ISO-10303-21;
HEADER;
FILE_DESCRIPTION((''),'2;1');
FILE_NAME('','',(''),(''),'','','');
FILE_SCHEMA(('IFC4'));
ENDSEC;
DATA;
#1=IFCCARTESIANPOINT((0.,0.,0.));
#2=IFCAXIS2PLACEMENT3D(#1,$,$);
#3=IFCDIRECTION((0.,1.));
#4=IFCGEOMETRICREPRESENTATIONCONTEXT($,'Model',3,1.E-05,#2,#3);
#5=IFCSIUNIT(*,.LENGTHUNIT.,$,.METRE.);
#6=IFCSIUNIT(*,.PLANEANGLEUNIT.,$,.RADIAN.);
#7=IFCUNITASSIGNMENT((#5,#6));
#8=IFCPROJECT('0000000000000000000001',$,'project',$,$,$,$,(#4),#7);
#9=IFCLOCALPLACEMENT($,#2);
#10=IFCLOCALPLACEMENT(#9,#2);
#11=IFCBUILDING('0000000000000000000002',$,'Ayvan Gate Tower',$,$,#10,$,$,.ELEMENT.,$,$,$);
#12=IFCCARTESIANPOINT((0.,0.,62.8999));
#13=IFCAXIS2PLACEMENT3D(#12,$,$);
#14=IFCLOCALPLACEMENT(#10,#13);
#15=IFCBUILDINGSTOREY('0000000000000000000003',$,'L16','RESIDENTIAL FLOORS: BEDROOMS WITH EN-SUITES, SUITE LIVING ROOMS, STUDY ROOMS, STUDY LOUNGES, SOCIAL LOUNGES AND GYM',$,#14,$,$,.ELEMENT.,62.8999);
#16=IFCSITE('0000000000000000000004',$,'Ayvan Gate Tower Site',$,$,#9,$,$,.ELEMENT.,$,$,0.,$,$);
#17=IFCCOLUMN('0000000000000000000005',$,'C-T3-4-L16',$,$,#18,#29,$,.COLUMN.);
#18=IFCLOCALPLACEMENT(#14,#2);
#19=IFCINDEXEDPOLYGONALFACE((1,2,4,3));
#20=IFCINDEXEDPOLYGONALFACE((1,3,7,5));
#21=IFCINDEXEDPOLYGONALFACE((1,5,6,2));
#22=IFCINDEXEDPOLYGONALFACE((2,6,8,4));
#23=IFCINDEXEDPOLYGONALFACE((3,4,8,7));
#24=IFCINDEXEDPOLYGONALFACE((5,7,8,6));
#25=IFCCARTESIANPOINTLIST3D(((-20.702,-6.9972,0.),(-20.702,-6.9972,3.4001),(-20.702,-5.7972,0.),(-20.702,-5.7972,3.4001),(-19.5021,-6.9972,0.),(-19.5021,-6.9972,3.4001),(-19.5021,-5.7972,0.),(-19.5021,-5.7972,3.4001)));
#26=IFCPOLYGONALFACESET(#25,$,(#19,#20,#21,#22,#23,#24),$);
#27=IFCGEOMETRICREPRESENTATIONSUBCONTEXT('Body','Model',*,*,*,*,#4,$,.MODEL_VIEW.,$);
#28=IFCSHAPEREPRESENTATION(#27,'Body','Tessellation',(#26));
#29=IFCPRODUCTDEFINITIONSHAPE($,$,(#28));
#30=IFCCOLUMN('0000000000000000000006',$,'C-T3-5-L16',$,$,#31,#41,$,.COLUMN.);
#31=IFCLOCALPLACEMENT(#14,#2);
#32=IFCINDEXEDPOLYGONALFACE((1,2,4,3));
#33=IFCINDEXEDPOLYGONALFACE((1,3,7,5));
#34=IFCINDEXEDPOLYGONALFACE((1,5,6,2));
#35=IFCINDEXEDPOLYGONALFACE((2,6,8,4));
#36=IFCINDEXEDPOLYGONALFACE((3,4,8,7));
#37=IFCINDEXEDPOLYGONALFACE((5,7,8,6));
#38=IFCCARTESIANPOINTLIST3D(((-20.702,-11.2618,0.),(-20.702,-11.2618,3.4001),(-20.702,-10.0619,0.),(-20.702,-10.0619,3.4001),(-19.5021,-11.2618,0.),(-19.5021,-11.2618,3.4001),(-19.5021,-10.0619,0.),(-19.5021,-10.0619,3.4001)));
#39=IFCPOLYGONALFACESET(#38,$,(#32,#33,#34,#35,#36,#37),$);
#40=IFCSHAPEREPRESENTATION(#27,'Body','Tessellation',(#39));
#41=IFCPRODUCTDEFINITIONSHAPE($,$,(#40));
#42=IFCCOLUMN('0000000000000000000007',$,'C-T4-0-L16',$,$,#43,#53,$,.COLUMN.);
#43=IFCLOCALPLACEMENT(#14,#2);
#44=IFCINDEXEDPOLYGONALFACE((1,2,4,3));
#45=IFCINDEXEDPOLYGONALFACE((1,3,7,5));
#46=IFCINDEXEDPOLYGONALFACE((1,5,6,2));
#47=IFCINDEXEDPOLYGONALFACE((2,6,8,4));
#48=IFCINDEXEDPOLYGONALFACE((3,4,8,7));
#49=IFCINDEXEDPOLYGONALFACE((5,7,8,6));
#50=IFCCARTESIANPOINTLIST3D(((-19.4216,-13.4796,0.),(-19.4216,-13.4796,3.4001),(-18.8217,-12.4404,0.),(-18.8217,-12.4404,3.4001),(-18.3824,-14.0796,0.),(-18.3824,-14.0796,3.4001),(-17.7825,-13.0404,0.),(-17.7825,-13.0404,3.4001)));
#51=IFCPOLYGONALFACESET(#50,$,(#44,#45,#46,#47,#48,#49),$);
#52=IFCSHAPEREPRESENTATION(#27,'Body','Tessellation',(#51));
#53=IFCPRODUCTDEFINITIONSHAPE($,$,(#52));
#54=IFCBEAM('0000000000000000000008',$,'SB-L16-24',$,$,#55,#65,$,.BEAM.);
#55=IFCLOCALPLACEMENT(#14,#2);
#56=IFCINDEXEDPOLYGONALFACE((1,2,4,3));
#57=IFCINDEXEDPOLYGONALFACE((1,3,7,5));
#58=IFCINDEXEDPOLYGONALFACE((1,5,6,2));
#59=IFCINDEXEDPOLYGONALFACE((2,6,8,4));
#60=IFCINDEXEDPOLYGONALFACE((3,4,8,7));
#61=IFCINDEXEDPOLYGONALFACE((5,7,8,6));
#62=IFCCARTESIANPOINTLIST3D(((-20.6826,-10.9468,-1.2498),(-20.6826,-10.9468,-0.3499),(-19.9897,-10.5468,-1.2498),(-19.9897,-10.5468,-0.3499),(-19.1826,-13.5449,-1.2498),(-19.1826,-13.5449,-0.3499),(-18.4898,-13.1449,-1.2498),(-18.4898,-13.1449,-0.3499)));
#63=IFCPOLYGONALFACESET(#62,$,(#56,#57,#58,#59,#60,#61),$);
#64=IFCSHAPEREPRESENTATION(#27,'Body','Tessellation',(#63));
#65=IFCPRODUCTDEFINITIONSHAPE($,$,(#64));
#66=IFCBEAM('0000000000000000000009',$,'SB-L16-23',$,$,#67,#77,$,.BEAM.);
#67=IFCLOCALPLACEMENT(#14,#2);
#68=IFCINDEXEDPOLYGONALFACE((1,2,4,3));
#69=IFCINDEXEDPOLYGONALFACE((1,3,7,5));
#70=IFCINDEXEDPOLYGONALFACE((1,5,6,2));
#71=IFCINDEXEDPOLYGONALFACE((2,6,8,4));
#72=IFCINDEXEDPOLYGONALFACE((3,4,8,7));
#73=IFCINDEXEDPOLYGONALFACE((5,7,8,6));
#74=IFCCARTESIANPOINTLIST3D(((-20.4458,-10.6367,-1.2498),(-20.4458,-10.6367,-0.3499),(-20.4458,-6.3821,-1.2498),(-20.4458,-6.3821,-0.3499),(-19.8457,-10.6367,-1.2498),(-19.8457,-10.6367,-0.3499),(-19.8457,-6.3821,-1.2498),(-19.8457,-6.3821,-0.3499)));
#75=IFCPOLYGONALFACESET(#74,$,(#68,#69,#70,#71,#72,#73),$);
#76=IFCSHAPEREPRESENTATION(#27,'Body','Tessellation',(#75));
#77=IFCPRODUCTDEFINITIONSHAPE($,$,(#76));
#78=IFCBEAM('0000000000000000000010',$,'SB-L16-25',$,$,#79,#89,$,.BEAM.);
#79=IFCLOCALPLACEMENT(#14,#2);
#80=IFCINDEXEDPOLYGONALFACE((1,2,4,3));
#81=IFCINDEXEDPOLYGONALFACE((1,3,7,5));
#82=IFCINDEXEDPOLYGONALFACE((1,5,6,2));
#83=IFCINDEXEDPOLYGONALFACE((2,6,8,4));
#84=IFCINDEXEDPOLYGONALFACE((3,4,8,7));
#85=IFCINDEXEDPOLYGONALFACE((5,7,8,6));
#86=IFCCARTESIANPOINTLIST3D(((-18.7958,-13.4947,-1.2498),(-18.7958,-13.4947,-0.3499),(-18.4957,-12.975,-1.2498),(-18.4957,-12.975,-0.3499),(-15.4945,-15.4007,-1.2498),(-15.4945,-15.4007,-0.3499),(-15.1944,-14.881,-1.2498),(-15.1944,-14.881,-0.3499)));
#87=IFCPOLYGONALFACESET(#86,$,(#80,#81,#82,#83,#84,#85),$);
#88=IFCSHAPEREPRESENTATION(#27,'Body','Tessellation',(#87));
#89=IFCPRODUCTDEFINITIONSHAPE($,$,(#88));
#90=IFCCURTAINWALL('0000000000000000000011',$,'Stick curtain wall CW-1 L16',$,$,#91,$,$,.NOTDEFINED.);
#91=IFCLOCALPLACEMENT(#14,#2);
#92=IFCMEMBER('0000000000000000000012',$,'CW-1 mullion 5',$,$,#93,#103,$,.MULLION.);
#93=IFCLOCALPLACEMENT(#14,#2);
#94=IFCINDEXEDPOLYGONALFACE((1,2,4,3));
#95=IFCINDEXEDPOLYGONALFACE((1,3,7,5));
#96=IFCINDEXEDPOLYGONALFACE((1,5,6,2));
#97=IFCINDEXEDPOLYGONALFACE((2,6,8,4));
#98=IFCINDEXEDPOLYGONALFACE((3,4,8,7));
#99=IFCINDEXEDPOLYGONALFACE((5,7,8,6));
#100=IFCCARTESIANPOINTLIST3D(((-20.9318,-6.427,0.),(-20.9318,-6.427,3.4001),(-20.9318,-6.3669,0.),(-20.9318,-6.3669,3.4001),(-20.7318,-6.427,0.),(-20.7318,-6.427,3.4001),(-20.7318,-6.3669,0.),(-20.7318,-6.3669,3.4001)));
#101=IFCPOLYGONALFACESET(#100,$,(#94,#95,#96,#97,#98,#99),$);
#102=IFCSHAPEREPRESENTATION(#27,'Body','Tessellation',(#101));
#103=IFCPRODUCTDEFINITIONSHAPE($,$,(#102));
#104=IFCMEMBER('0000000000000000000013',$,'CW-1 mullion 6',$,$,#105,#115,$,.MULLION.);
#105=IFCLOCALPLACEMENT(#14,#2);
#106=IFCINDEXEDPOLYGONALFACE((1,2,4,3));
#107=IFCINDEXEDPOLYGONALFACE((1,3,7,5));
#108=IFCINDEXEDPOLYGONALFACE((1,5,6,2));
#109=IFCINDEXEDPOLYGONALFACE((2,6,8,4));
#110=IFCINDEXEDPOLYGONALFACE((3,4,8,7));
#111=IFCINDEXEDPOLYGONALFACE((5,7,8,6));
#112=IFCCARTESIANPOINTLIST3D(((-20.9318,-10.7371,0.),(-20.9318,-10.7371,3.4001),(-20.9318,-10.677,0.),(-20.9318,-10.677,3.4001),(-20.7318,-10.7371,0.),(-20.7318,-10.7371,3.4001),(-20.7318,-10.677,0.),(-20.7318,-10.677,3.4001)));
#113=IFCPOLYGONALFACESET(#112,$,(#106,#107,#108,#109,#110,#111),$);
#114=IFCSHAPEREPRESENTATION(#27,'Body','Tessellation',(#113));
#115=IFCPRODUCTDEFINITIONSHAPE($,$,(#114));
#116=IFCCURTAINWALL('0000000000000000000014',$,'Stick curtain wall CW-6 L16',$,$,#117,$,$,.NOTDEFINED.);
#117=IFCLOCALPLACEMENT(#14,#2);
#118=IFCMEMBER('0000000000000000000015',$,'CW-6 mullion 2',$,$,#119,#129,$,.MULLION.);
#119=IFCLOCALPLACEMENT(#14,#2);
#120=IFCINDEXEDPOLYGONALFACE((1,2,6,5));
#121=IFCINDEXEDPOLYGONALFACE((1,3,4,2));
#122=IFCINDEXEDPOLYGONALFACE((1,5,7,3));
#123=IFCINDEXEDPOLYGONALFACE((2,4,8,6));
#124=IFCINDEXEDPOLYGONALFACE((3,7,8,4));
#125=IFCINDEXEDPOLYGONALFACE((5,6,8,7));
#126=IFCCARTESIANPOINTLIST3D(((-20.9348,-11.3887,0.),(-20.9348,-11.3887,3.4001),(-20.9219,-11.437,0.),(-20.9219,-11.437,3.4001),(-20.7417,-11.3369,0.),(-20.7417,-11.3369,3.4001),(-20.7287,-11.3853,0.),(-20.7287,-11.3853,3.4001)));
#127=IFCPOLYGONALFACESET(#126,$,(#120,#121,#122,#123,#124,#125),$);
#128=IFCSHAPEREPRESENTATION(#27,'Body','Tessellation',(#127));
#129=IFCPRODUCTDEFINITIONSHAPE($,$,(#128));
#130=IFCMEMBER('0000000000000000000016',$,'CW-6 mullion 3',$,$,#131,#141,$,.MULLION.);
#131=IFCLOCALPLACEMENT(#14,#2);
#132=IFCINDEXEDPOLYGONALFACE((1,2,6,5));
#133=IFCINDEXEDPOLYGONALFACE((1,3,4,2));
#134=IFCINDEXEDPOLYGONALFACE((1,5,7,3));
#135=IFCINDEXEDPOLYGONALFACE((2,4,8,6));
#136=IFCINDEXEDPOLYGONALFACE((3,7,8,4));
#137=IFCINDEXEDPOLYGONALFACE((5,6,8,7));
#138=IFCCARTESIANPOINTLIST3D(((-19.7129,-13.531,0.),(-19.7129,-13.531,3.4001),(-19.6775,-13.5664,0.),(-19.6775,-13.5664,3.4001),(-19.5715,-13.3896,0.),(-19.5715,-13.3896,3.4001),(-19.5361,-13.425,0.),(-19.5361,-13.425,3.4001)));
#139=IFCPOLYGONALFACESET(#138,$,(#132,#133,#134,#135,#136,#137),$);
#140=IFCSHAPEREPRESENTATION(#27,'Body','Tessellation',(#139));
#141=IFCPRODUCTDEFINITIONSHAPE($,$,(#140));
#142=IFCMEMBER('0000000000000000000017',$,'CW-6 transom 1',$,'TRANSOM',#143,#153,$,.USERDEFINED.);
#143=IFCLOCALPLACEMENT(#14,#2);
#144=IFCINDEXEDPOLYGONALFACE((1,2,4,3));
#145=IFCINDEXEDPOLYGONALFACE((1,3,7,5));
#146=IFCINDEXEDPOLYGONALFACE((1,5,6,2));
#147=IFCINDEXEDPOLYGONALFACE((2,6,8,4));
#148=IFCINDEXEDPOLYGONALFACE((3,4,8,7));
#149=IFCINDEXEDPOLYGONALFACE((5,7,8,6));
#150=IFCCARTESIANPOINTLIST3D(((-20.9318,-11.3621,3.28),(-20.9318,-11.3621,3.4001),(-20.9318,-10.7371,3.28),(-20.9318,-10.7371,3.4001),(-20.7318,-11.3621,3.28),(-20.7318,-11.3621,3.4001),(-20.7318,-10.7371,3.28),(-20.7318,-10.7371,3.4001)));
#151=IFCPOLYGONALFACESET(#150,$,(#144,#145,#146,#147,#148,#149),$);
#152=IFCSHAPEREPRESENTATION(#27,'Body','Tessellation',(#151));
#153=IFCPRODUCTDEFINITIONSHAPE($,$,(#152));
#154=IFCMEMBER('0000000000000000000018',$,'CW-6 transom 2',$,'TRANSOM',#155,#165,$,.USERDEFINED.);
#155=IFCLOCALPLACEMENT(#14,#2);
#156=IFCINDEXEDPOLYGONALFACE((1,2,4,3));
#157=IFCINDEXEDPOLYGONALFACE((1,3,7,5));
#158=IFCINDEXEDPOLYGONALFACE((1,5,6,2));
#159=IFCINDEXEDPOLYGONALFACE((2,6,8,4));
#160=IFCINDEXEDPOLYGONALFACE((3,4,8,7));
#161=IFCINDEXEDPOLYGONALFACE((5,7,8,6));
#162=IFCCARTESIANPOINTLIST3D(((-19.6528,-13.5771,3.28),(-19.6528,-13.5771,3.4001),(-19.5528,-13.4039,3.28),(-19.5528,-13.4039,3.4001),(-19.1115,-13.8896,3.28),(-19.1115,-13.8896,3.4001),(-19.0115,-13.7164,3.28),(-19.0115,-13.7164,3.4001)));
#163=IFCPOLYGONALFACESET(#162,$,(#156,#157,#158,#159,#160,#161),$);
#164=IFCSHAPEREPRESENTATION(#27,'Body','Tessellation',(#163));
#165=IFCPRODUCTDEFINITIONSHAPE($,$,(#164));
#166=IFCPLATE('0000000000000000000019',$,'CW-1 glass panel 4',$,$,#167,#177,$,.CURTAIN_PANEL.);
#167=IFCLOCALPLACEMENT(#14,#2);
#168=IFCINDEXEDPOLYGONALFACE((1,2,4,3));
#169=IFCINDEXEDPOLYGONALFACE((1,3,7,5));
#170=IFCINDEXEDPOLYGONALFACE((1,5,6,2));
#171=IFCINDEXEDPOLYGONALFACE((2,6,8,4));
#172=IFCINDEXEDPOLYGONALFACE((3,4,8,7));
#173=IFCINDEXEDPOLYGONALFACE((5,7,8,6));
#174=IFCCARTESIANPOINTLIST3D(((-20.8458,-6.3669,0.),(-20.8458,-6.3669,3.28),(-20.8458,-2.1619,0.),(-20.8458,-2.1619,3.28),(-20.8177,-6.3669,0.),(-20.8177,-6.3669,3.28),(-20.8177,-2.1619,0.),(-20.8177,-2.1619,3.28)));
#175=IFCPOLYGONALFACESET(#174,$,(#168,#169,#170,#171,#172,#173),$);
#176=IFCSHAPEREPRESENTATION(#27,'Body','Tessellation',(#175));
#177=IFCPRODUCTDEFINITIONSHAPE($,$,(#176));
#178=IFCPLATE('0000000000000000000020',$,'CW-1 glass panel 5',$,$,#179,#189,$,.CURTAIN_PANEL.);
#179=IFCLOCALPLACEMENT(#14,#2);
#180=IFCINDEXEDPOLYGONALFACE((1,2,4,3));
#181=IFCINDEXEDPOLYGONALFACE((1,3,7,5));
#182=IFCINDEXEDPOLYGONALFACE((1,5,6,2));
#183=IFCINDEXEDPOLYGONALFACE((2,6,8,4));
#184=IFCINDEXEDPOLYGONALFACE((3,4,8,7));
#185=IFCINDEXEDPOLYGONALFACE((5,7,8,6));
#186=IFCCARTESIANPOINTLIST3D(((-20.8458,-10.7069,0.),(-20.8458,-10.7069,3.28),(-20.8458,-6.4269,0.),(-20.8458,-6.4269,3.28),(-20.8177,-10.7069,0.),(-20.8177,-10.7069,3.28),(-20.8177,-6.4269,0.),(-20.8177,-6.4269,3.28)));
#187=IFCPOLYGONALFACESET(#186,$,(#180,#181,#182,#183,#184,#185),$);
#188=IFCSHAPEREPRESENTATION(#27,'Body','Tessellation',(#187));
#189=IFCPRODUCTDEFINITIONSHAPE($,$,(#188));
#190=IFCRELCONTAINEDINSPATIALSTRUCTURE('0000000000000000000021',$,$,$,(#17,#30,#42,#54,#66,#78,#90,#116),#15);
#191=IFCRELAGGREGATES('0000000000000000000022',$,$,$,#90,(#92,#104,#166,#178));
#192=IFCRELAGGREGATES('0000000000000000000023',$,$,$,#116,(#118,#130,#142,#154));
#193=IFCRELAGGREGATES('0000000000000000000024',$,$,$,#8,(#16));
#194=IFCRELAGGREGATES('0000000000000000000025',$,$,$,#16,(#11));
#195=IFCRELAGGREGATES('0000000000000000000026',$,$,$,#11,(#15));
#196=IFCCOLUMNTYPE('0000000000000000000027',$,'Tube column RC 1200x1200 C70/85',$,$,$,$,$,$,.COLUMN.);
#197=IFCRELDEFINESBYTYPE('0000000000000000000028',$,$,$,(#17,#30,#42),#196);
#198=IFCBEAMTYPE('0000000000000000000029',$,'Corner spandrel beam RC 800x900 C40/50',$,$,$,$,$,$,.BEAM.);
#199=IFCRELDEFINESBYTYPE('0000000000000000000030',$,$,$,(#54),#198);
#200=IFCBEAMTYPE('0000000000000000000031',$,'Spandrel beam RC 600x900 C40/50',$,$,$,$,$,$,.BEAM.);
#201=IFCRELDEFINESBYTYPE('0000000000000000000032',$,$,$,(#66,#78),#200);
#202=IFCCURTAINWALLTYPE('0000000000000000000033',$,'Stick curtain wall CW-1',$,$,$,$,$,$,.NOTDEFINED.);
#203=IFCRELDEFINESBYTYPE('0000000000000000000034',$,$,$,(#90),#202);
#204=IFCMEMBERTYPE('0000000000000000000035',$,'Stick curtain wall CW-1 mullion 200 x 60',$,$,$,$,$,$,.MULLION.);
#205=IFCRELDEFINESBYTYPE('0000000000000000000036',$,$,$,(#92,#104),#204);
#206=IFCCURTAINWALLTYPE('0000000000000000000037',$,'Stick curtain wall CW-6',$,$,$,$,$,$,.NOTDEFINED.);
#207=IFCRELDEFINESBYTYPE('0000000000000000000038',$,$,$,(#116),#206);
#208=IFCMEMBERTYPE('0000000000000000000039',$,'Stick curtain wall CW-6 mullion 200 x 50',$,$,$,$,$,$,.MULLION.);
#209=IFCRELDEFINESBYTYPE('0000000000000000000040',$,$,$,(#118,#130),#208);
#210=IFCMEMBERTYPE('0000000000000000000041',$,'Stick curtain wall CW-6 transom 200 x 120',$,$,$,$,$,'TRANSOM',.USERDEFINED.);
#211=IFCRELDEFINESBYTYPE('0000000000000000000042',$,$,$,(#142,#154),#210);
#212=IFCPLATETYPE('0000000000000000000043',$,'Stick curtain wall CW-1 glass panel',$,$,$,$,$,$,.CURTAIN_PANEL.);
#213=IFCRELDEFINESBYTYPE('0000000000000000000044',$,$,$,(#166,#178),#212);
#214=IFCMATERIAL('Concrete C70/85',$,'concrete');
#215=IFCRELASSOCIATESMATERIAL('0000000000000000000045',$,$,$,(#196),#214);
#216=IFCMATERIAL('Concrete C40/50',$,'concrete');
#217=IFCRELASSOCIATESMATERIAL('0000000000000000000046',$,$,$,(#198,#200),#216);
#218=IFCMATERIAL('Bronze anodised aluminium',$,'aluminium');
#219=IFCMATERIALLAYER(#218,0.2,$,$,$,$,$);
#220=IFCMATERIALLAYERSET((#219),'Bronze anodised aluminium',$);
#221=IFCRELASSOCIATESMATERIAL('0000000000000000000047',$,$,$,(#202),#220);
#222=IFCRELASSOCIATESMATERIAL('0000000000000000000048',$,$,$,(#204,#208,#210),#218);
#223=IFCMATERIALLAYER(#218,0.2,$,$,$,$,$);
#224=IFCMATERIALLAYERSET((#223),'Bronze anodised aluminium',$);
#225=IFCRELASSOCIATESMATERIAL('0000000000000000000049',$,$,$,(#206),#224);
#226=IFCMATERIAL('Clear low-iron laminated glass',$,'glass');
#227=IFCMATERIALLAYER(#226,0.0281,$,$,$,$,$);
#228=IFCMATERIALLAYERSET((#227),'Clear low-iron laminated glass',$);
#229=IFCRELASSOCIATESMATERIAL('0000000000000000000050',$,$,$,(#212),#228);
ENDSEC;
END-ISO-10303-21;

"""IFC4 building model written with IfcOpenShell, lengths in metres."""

from ifc_helpers import new_model, si_unit, direction, frame, origin, origin_2d, place, context, subcontext, project, spatial, rectangle, extrude, material, layer, layer_set, material_profile, profile_set, type_object, element, aggregate, save


model = new_model("IFC4")

# Units and contexts
model_context = context("Model", 3, precision=1e-05, world=origin(), true_north=direction((0.0, 1.0)))
body_context = subcontext(model_context, "Body", "Model", "MODEL_VIEW")
ifc_project = project(units=[si_unit("LENGTHUNIT", "METRE"), si_unit("PLANEANGLEUNIT", "RADIAN")], contexts=[model_context])

# Site, building, storey
site_placement = place(None, origin())
site = spatial("IfcSite", under=ifc_project, at=site_placement, Name="Ayvan Gate Tower Site", CompositionType="ELEMENT", RefElevation=0.0)
building_placement = place(site_placement, origin())
building = spatial("IfcBuilding", under=site, at=building_placement, Name="Ayvan Gate Tower", CompositionType="ELEMENT")
storey_placement = place(building_placement, frame((0.0, 0.0, 62.8999)))
storey = spatial("IfcBuildingStorey", under=building, at=storey_placement, Name="L16", Description="RESIDENTIAL FLOORS: BEDROOMS WITH EN-SUITES, SUITE LIVING ROOMS, STUDY ROOMS, STUDY LOUNGES, SOCIAL LOUNGES AND GYM", CompositionType="ELEMENT", Elevation=62.8999)

# Columns
ifc_material_1 = material(Name="Concrete C70/85", Category="concrete")
ifc_material_profile_1 = material_profile(ifc_material_1, rectangle(XDim=1.2, YDim=1.2, at=origin_2d()), Name="RC 1200x1200")
ifc_profile_set_1 = profile_set([ifc_material_profile_1], Name="Concrete C70/85")
column_type = type_object("IfcColumnType", Name="Tube column RC 1200x1200 C70/85", PredefinedType="COLUMN", material=ifc_profile_set_1)
for number, where, z_axis, x_axis, name in (
    (1, (-20.1021, -6.3972, 0.0), (0.0, 0.0, 1.0), (-1.0, 0.0, 0.0), "C-T3-4-L16"),
    (2, (-20.1021, -10.6619, 0.0), (0.0, 0.0, 1.0), (-1.0, 0.0, 0.0), "C-T3-5-L16"),
    (3, (-18.6021, -13.26, 0.0), (0.0, 0.0, 1.0), (-0.5, -0.866025, 0.0), "C-T4-0-L16"),
):
    element("IfcColumn", number, at=place(storey_placement, frame(where, z_axis=z_axis, x_axis=x_axis)), inside=storey, type_object=column_type, Name=name, PredefinedType="COLUMN", context=body_context, shape_type="SweptSolid", body=[
        extrude(rectangle(XDim=1.2, YDim=1.2, at=origin_2d()), origin(), (0.0, 0.0, 1.0), 3.4001),
    ])

# Beams
ifc_material_2 = material(Name="Concrete C40/50", Category="concrete")
ifc_material_profile_2 = material_profile(ifc_material_2, rectangle(XDim=0.8, YDim=0.8999, at=origin_2d()), Name="RC 800x900")
ifc_profile_set_2 = profile_set([ifc_material_profile_2], Name="Concrete C40/50")
beam_type_1 = type_object("IfcBeamType", Name="Corner spandrel beam RC 800x900 C40/50", PredefinedType="BEAM", material=ifc_profile_set_2)
beam_1_placement = place(storey_placement, frame((-20.3362, -10.7468, -0.7998), z_axis=(0.49999, -0.866031, 0.0), x_axis=(0.866031, 0.49999, 0.0)))
element("IfcBeam", 4, at=beam_1_placement, inside=storey, type_object=beam_type_1, Name="SB-L16-24", PredefinedType="BEAM", context=body_context, shape_type="SweptSolid", body=[
    extrude(rectangle(XDim=0.8, YDim=0.8999, at=origin_2d()), origin(), (0.0, 0.0, 1.0), 3.0),
])
ifc_material_profile_3 = material_profile(ifc_material_2, rectangle(XDim=0.6001, YDim=0.8999, at=origin_2d()), Name="RC 600x900")
ifc_profile_set_3 = profile_set([ifc_material_profile_3], Name="Concrete C40/50")
beam_type_2 = type_object("IfcBeamType", Name="Spandrel beam RC 600x900 C40/50", PredefinedType="BEAM", material=ifc_profile_set_3)
beam_2_placement = place(storey_placement, frame((-20.1458, -6.3821, -0.7998), z_axis=(0.0, -1.0, 0.0), x_axis=(1.0, 0.0, 0.0)))
element("IfcBeam", 5, at=beam_2_placement, inside=storey, type_object=beam_type_2, Name="SB-L16-23", PredefinedType="BEAM", context=body_context, shape_type="SweptSolid", body=[
    extrude(rectangle(XDim=0.6001, YDim=0.8999, at=origin_2d()), origin(), (0.0, 0.0, 1.0), 4.2546),
])
beam_3_placement = place(storey_placement, frame((-18.6458, -13.2349, -0.7998), z_axis=(0.866023, -0.500003, 0.0), x_axis=(0.500003, 0.866023, 0.0)))
element("IfcBeam", 6, at=beam_3_placement, inside=storey, type_object=beam_type_2, Name="SB-L16-25", PredefinedType="BEAM", context=body_context, shape_type="SweptSolid", body=[
    extrude(rectangle(XDim=0.6001, YDim=0.8999, at=origin_2d()), origin(), (0.0, 0.0, 1.0), 3.812),
])

# Curtain walls, members
ifc_material_3 = material(Name="Bronze anodised aluminium", Category="aluminium")
ifc_layer_1 = layer(ifc_material_3, 0.2)
ifc_layer_set_1 = layer_set([ifc_layer_1], Name="Bronze anodised aluminium")
curtain_wall_type_1 = type_object("IfcCurtainWallType", Name="Stick curtain wall CW-1", PredefinedType="NOTDEFINED", material=ifc_layer_set_1)
curtain_wall_1_placement = place(storey_placement, origin())
curtain_wall_1 = element("IfcCurtainWall", 7, at=curtain_wall_1_placement, inside=storey, type_object=curtain_wall_type_1, Name="Stick curtain wall CW-1 L16", PredefinedType="NOTDEFINED")
ifc_material_profile_4 = material_profile(ifc_material_3, rectangle(XDim=0.2, YDim=0.0601, at=origin_2d()), Name="Stick curtain wall CW-1 mullion 200 x 60")
ifc_profile_set_4 = profile_set([ifc_material_profile_4], Name="Bronze anodised aluminium")
member_type_1 = type_object("IfcMemberType", Name="Stick curtain wall CW-1 mullion 200 x 60", PredefinedType="MULLION", material=ifc_profile_set_4)
member_1_placement = place(storey_placement, frame((-20.8318, -6.397, 0.0), z_axis=(0.0, 0.0, 1.0), x_axis=(-1.0, 0.0, 0.0)))
member_1 = element("IfcMember", 8, at=member_1_placement, type_object=member_type_1, Name="CW-1 mullion 5", PredefinedType="MULLION", context=body_context, shape_type="SweptSolid", body=[
    extrude(rectangle(XDim=0.2, YDim=0.0601, at=origin_2d()), origin(), (0.0, 0.0, 1.0), 3.4001),
])
member_2_placement = place(storey_placement, frame((-20.8318, -10.707, 0.0), z_axis=(0.0, 0.0, 1.0), x_axis=(-1.0, 0.0, 0.0)))
member_2 = element("IfcMember", 9, at=member_2_placement, type_object=member_type_1, Name="CW-1 mullion 6", PredefinedType="MULLION", context=body_context, shape_type="SweptSolid", body=[
    extrude(rectangle(XDim=0.2, YDim=0.0601, at=origin_2d()), origin(), (0.0, 0.0, 1.0), 3.4001),
])
ifc_layer_2 = layer(ifc_material_3, 0.2)
ifc_layer_set_2 = layer_set([ifc_layer_2], Name="Bronze anodised aluminium")
curtain_wall_type_2 = type_object("IfcCurtainWallType", Name="Stick curtain wall CW-6", PredefinedType="NOTDEFINED", material=ifc_layer_set_2)
curtain_wall_2_placement = place(storey_placement, origin())
curtain_wall_2 = element("IfcCurtainWall", 10, at=curtain_wall_2_placement, inside=storey, type_object=curtain_wall_type_2, Name="Stick curtain wall CW-6 L16", PredefinedType="NOTDEFINED")
ifc_material_profile_5 = material_profile(ifc_material_3, rectangle(XDim=0.2, YDim=0.05, at=origin_2d()), Name="Stick curtain wall CW-6 mullion 200 x 50")
ifc_profile_set_5 = profile_set([ifc_material_profile_5], Name="Bronze anodised aluminium")
member_type_2 = type_object("IfcMemberType", Name="Stick curtain wall CW-6 mullion 200 x 50", PredefinedType="MULLION", material=ifc_profile_set_5)
member_3_placement = place(storey_placement, frame((-20.8318, -11.387, 0.0), z_axis=(0.0, 0.0, 1.0), x_axis=(-0.965926, -0.258819, 0.0)))
member_3 = element("IfcMember", 11, at=member_3_placement, type_object=member_type_2, Name="CW-6 mullion 2", PredefinedType="MULLION", context=body_context, shape_type="SweptSolid", body=[
    extrude(rectangle(XDim=0.2, YDim=0.05, at=origin_2d()), origin(), (0.0, 0.0, 1.0), 3.4001),
])
member_4_placement = place(storey_placement, frame((-19.6245, -13.478, 0.0), z_axis=(0.0, 0.0, 1.0), x_axis=(-0.707107, -0.707107, 0.0)))
member_4 = element("IfcMember", 12, at=member_4_placement, type_object=member_type_2, Name="CW-6 mullion 3", PredefinedType="MULLION", context=body_context, shape_type="SweptSolid", body=[
    extrude(rectangle(XDim=0.2, YDim=0.05, at=origin_2d()), origin(), (0.0, 0.0, 1.0), 3.4001),
])
ifc_material_profile_6 = material_profile(ifc_material_3, rectangle(XDim=0.2, YDim=0.1201, at=origin_2d()), Name="Stick curtain wall CW-6 transom 200 x 120")
ifc_profile_set_6 = profile_set([ifc_material_profile_6], Name="Bronze anodised aluminium")
member_type_3 = type_object("IfcMemberType", Name="Stick curtain wall CW-6 transom 200 x 120", ElementType="TRANSOM", PredefinedType="USERDEFINED", material=ifc_profile_set_6)
member_5_placement = place(storey_placement, frame((-20.8318, -10.7371, 3.3401), z_axis=(0.0, -1.0, 0.0), x_axis=(1.0, 0.0, 0.0)))
member_5 = element("IfcMember", 13, at=member_5_placement, type_object=member_type_3, Name="CW-6 transom 1", ObjectType="TRANSOM", PredefinedType="USERDEFINED", context=body_context, shape_type="SweptSolid", body=[
    extrude(rectangle(XDim=0.2, YDim=0.1201, at=origin_2d()), origin(), (0.0, 0.0, 1.0), 0.625),
])
member_6_placement = place(storey_placement, frame((-19.6028, -13.4905, 3.3401), z_axis=(0.866023, -0.500004, 0.0), x_axis=(0.500004, 0.866023, 0.0)))
member_6 = element("IfcMember", 14, at=member_6_placement, type_object=member_type_3, Name="CW-6 transom 2", ObjectType="TRANSOM", PredefinedType="USERDEFINED", context=body_context, shape_type="SweptSolid", body=[
    extrude(rectangle(XDim=0.2, YDim=0.1201, at=origin_2d()), origin(), (0.0, 0.0, 1.0), 0.625),
])

# Plates
ifc_material_4 = material(Name="Clear low-iron laminated glass", Category="glass")
ifc_layer_3 = layer(ifc_material_4, 0.0281)
ifc_layer_set_3 = layer_set([ifc_layer_3], Name="Clear low-iron laminated glass")
plate_type_1 = type_object("IfcPlateType", Name="Stick curtain wall CW-1 glass panel", PredefinedType="CURTAIN_PANEL", material=ifc_layer_set_3)
plate_1_placement = place(storey_placement, frame((-20.8318, -4.2644, 0.0), z_axis=(0.0, 0.0, 1.0), x_axis=(0.0, -1.0, 0.0)))
plate_1 = element("IfcPlate", 15, at=plate_1_placement, type_object=plate_type_1, Name="CW-1 glass panel 4", PredefinedType="CURTAIN_PANEL", context=body_context, shape_type="SweptSolid", body=[
    extrude(rectangle(XDim=4.2051, YDim=0.0281, at=origin_2d()), origin(), (0.0, 0.0, 1.0), 3.28),
])
plate_2_placement = place(storey_placement, frame((-20.8318, -8.5669, 0.0), z_axis=(0.0, 0.0, 1.0), x_axis=(0.0, -1.0, 0.0)))
plate_2 = element("IfcPlate", 16, at=plate_2_placement, type_object=plate_type_1, Name="CW-1 glass panel 5", PredefinedType="CURTAIN_PANEL", context=body_context, shape_type="SweptSolid", body=[
    extrude(rectangle(XDim=4.28, YDim=0.0281, at=origin_2d()), origin(), (0.0, 0.0, 1.0), 3.28),
])
aggregate(curtain_wall_1, [member_1, member_2, plate_1, plate_2])
aggregate(curtain_wall_2, [member_3, member_4, member_5, member_6])

save(model, "model.ifc")
